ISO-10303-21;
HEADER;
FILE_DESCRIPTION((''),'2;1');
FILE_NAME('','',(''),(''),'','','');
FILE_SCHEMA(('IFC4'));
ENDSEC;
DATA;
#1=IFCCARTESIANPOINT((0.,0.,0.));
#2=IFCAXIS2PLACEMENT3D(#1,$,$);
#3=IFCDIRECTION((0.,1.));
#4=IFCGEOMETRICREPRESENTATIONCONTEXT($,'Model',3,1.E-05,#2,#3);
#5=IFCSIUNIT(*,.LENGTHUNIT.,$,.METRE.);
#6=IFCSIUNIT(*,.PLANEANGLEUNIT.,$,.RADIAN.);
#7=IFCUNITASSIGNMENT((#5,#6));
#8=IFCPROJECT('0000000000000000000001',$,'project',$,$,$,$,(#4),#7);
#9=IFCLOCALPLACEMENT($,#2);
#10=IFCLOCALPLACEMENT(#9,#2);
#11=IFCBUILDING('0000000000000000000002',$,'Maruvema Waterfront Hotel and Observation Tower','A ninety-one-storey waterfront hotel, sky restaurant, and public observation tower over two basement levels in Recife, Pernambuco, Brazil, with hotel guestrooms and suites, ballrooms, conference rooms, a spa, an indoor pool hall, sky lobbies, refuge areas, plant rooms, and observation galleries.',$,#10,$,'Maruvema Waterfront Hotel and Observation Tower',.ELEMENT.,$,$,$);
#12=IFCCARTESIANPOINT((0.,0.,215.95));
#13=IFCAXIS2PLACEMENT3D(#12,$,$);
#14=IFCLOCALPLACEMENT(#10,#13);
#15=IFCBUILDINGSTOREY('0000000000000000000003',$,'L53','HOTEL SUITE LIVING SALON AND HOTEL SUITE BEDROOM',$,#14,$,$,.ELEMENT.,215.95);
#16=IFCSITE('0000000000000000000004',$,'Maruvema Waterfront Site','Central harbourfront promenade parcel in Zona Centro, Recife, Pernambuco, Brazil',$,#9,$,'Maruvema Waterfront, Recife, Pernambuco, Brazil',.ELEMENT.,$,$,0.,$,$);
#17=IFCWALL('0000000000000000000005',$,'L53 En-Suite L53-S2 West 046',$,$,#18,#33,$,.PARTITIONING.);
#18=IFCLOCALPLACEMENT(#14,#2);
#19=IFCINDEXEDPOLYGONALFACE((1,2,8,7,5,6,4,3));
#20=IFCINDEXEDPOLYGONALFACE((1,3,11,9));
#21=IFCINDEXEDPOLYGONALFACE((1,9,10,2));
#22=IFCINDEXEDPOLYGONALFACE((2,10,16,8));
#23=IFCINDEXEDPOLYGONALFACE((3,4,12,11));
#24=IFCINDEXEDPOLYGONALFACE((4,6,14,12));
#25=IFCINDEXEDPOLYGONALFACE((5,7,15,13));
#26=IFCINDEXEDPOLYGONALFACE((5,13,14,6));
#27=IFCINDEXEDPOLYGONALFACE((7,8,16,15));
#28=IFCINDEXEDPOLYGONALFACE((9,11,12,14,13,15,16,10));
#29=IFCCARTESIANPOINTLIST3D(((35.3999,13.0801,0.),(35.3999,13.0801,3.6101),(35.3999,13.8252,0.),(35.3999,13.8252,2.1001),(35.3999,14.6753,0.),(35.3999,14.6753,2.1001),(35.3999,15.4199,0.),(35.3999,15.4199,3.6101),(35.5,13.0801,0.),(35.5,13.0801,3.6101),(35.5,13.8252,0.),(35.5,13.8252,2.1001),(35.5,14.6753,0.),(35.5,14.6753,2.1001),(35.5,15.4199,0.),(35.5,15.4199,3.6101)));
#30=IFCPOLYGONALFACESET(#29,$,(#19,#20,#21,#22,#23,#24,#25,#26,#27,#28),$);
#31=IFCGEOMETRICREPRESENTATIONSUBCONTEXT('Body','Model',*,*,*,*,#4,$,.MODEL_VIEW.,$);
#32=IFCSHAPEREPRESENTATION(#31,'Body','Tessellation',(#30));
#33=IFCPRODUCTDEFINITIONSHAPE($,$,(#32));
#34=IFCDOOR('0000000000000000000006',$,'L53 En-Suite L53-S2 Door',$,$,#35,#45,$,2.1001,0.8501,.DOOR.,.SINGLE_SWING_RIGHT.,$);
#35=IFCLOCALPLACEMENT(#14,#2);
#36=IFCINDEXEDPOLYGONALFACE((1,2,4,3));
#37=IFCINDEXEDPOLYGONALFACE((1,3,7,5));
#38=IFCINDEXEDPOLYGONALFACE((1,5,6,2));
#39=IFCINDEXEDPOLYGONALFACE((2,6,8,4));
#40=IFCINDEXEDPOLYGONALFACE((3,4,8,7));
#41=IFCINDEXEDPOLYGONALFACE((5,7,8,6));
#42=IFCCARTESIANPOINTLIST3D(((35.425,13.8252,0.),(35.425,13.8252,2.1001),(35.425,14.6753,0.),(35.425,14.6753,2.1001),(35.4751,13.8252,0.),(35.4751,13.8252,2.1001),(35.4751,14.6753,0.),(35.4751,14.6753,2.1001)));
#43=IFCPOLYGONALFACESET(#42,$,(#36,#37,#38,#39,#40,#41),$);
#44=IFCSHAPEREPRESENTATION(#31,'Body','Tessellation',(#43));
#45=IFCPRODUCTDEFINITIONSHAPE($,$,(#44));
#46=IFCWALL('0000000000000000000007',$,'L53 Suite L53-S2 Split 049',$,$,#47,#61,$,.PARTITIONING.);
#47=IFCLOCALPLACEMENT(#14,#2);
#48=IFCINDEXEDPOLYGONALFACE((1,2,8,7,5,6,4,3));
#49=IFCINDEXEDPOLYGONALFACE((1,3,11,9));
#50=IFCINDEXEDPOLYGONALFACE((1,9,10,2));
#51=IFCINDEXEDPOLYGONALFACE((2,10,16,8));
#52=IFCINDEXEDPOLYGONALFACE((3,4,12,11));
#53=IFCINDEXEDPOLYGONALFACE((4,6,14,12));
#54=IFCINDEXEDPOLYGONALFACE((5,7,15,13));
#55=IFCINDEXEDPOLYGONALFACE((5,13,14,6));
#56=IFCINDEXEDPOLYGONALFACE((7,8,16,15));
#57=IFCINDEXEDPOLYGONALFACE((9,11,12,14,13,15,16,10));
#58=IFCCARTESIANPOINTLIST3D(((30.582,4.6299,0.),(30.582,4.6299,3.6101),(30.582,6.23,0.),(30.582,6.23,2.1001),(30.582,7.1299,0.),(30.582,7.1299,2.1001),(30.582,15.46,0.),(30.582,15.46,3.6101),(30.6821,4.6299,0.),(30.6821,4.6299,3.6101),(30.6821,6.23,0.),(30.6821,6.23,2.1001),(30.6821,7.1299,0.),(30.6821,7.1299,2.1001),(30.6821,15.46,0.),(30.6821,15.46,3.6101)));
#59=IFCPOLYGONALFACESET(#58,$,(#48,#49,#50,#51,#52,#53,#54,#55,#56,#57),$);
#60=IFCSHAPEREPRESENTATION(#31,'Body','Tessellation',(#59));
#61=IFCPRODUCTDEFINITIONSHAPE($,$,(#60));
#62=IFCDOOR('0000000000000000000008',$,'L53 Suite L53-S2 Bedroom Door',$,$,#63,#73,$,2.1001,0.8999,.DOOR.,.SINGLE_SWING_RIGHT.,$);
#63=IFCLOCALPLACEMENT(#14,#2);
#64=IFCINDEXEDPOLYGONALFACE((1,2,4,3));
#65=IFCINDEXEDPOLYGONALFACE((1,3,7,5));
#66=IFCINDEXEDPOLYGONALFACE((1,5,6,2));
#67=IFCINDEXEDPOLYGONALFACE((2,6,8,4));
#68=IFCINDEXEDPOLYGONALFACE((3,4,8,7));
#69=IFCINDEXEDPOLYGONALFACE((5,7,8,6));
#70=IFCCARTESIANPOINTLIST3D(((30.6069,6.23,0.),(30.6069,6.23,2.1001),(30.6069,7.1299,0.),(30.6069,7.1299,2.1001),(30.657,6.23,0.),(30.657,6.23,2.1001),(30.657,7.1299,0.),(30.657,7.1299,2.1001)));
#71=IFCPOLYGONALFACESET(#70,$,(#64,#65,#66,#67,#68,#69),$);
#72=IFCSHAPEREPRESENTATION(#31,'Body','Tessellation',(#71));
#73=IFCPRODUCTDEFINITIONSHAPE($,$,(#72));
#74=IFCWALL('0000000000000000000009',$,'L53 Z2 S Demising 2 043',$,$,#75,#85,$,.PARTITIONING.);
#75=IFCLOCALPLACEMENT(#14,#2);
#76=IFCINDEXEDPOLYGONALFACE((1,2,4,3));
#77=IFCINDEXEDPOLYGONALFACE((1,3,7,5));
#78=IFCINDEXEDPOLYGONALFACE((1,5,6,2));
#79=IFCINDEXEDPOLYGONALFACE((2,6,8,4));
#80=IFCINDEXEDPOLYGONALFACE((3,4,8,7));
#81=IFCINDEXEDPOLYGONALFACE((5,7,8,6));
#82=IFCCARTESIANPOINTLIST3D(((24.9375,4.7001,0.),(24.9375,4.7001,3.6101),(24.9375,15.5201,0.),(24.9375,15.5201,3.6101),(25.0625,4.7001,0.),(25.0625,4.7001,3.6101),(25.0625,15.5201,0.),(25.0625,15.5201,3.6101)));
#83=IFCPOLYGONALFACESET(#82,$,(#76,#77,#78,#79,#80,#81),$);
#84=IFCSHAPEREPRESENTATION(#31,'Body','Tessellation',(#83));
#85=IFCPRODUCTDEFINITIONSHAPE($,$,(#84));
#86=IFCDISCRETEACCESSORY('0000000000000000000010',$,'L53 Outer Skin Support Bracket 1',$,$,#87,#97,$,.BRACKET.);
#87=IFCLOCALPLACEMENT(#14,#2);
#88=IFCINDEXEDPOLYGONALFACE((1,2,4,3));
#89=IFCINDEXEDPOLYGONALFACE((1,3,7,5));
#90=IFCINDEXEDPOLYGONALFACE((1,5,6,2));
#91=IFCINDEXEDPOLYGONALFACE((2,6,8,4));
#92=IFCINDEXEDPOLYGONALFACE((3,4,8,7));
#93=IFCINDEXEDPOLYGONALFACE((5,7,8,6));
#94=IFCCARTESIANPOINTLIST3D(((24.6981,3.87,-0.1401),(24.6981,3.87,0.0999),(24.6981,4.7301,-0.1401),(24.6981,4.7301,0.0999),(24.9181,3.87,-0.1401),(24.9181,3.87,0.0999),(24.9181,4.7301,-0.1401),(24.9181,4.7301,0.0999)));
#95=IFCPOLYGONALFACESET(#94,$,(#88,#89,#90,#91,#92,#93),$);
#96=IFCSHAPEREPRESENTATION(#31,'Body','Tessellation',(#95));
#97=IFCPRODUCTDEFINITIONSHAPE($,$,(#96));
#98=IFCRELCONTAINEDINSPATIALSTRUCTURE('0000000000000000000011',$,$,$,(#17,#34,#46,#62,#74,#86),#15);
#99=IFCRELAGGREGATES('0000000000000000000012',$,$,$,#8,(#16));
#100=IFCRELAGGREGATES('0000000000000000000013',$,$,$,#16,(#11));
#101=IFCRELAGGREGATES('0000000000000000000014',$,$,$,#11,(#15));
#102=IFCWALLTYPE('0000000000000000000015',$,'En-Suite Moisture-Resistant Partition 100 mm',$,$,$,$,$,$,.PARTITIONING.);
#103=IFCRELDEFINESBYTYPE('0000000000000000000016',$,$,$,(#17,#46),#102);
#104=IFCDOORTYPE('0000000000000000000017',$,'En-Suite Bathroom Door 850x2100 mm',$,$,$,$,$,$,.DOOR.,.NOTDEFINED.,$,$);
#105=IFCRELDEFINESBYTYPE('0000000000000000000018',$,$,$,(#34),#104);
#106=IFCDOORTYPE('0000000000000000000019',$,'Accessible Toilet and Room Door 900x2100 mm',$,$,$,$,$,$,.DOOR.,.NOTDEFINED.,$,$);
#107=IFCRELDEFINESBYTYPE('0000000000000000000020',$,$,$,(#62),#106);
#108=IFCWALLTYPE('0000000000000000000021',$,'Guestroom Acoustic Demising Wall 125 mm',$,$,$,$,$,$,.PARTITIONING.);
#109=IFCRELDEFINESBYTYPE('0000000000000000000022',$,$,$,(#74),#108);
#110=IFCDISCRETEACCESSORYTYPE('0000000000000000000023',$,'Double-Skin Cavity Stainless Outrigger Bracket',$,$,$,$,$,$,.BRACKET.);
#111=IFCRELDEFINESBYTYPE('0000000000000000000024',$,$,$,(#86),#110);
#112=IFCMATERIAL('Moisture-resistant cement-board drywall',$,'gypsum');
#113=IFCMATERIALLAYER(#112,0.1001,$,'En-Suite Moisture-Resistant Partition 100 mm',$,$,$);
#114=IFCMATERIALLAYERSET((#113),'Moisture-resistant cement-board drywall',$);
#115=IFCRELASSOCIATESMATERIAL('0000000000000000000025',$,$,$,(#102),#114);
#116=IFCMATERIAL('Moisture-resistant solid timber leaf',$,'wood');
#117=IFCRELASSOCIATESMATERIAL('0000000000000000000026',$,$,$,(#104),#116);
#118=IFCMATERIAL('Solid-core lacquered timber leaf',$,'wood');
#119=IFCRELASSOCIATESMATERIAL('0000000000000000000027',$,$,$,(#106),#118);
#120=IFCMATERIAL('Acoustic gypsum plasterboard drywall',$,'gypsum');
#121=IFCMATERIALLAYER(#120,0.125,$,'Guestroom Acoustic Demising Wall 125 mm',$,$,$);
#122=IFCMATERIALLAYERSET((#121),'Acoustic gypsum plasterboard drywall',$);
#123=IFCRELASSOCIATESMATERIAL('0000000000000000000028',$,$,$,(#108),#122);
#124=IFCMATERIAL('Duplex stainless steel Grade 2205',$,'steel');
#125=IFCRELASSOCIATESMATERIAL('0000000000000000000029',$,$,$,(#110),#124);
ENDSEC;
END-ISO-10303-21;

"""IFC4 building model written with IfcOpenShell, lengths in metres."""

from ifc_helpers import new_model, si_unit, direction, frame, frame_2d, origin, origin_2d, place, context, subcontext, project, spatial, rectangle, extrude, material, layer, layer_set, type_object, element, fill, save


model = new_model("IFC4")

# Units and contexts
model_context = context("Model", 3, precision=1e-05, world=origin(), true_north=direction((0.0, 1.0)))
body_context = subcontext(model_context, "Body", "Model", "MODEL_VIEW")
ifc_project = project(units=[si_unit("LENGTHUNIT", "METRE"), si_unit("PLANEANGLEUNIT", "RADIAN")], contexts=[model_context])

# Site, building, storey
site_placement = place(None, origin())
site = spatial("IfcSite", under=ifc_project, at=site_placement, Name="Maruvema Waterfront Site", Description="Central harbourfront promenade parcel in Zona Centro, Recife, Pernambuco, Brazil", LongName="Maruvema Waterfront, Recife, Pernambuco, Brazil", CompositionType="ELEMENT", RefElevation=0.0)
building_placement = place(site_placement, origin())
building = spatial("IfcBuilding", under=site, at=building_placement, Name="Maruvema Waterfront Hotel and Observation Tower", Description="A ninety-one-storey waterfront hotel, sky restaurant, and public observation tower over two basement levels in Recife, Pernambuco, Brazil, with hotel guestrooms and suites, ballrooms, conference rooms, a spa, an indoor pool hall, sky lobbies, refuge areas, plant rooms, and observation galleries.", LongName="Maruvema Waterfront Hotel and Observation Tower", CompositionType="ELEMENT")
storey_placement = place(building_placement, frame((0.0, 0.0, 215.95)))
storey = spatial("IfcBuildingStorey", under=building, at=storey_placement, Name="L53", Description="HOTEL SUITE LIVING SALON AND HOTEL SUITE BEDROOM", CompositionType="ELEMENT", Elevation=215.95)

# Shared definitions
ifc_material_1 = material(Name="Moisture-resistant cement-board drywall", Category="gypsum")
ifc_layer_1 = layer(ifc_material_1, 0.1001, Name="En-Suite Moisture-Resistant Partition 100 mm")
ifc_layer_set_1 = layer_set([ifc_layer_1], Name="Moisture-resistant cement-board drywall")
wall_type_1 = type_object("IfcWallType", Name="En-Suite Moisture-Resistant Partition 100 mm", PredefinedType="PARTITIONING", material=ifc_layer_set_1)
ifc_material_2 = material(Name="Moisture-resistant solid timber leaf", Category="wood")
door_type_1 = type_object("IfcDoorType", Name="En-Suite Bathroom Door 850x2100 mm", OperationType="NOTDEFINED", PredefinedType="DOOR", material=ifc_material_2)

# Walls, openings, doors
wall_1_placement = place(storey_placement, frame((35.45, 13.0801, 0.0), z_axis=(0.0, 0.0, 1.0), x_axis=(0.0, 1.0, 0.0)))
wall_1 = element("IfcWall", 1, at=wall_1_placement, inside=storey, type_object=wall_type_1, Name="L53 En-Suite L53-S2 West 046", PredefinedType="PARTITIONING", context=body_context, shape_type="SweptSolid", body=[
    extrude(rectangle(XDim=2.3398, YDim=0.1001, at=frame_2d((1.1699, 0.0))), origin(), (0.0, 0.0, 1.0), 3.6101),
])
opening_1_placement = place(wall_1_placement, frame((0.7451, 0.0, 0.0)))
opening_1 = element("IfcOpeningElement", 2, at=opening_1_placement, cuts=wall_1, PredefinedType="OPENING", context=body_context, shape_type="SweptSolid", body=[
    extrude(rectangle(XDim=0.8501, YDim=2.1001, at=frame_2d((0.425, 1.05))), frame((0.0, 0.0601, 0.0), z_axis=(0.0, -1.0, 0.0), x_axis=(1.0, 0.0, 0.0)), (0.0, 0.0, 1.0), 0.1201),
])
door_1_placement = place(opening_1_placement, origin())
door_1 = element("IfcDoor", 3, at=door_1_placement, inside=storey, type_object=door_type_1, Name="L53 En-Suite L53-S2 Door", OperationType="SINGLE_SWING_RIGHT", OverallHeight=2.1001, OverallWidth=0.8501, PredefinedType="DOOR", context=body_context, shape_type="SweptSolid", body=[
    extrude(rectangle(XDim=0.8501, YDim=2.1001, at=frame_2d((0.425, 1.05))), frame((0.0, 0.0249, 0.0), z_axis=(0.0, -1.0, 0.0), x_axis=(1.0, 0.0, 0.0)), (0.0, 0.0, 1.0), 0.05),
])
fill(opening_1, door_1)
wall_2_placement = place(storey_placement, frame((30.6321, 4.6299, 0.0), z_axis=(0.0, 0.0, 1.0), x_axis=(0.0, 1.0, 0.0)))
wall_2 = element("IfcWall", 4, at=wall_2_placement, inside=storey, type_object=wall_type_1, Name="L53 Suite L53-S2 Split 049", PredefinedType="PARTITIONING", context=body_context, shape_type="SweptSolid", body=[
    extrude(rectangle(XDim=10.8301, YDim=0.1001, at=frame_2d((5.415, 0.0))), origin(), (0.0, 0.0, 1.0), 3.6101),
])
opening_2_placement = place(wall_2_placement, frame((1.6001, 0.0, 0.0)))
opening_2 = element("IfcOpeningElement", 5, at=opening_2_placement, cuts=wall_2, PredefinedType="OPENING", context=body_context, shape_type="SweptSolid", body=[
    extrude(rectangle(XDim=0.8999, YDim=2.1001, at=frame_2d((0.45, 1.05))), frame((0.0, 0.0601, 0.0), z_axis=(0.0, -1.0, 0.0), x_axis=(1.0, 0.0, 0.0)), (0.0, 0.0, 1.0), 0.1201),
])
ifc_material_3 = material(Name="Solid-core lacquered timber leaf", Category="wood")
door_type_2 = type_object("IfcDoorType", Name="Accessible Toilet and Room Door 900x2100 mm", OperationType="NOTDEFINED", PredefinedType="DOOR", material=ifc_material_3)
door_2_placement = place(opening_2_placement, frame((0.8999, 0.0, 0.0), z_axis=(0.0, 0.0, 1.0), x_axis=(-1.0, 0.0, 0.0)))
door_2 = element("IfcDoor", 6, at=door_2_placement, inside=storey, type_object=door_type_2, Name="L53 Suite L53-S2 Bedroom Door", OperationType="SINGLE_SWING_RIGHT", OverallHeight=2.1001, OverallWidth=0.8999, PredefinedType="DOOR", context=body_context, shape_type="SweptSolid", body=[
    extrude(rectangle(XDim=0.8999, YDim=2.1001, at=frame_2d((0.45, 1.05))), frame((0.0, 0.0249, 0.0), z_axis=(0.0, -1.0, 0.0), x_axis=(1.0, 0.0, 0.0)), (0.0, 0.0, 1.0), 0.05),
])
fill(opening_2, door_2)

# Wall
ifc_material_4 = material(Name="Acoustic gypsum plasterboard drywall", Category="gypsum")
ifc_layer_2 = layer(ifc_material_4, 0.125, Name="Guestroom Acoustic Demising Wall 125 mm")
ifc_layer_set_2 = layer_set([ifc_layer_2], Name="Acoustic gypsum plasterboard drywall")
wall_type_2 = type_object("IfcWallType", Name="Guestroom Acoustic Demising Wall 125 mm", PredefinedType="PARTITIONING", material=ifc_layer_set_2)
wall_3_placement = place(storey_placement, frame((25.0, 4.7, 0.0), z_axis=(0.0, 0.0, 1.0), x_axis=(0.0, 1.0, 0.0)))
element("IfcWall", 7, at=wall_3_placement, inside=storey, type_object=wall_type_2, Name="L53 Z2 S Demising 2 043", PredefinedType="PARTITIONING", context=body_context, shape_type="SweptSolid", body=[
    extrude(rectangle(XDim=10.8201, YDim=0.125, at=frame_2d((5.4102, 0.0))), origin(), (0.0, 0.0, 1.0), 3.6101),
])

# Discrete accessory
ifc_material_5 = material(Name="Duplex stainless steel Grade 2205", Category="steel")
discrete_accessory_type = type_object("IfcDiscreteAccessoryType", Name="Double-Skin Cavity Stainless Outrigger Bracket", PredefinedType="BRACKET", material=ifc_material_5)
discrete_accessory_placement = place(storey_placement, frame((24.8081, 4.3, -0.1401), z_axis=(0.0, 0.0, 1.0), x_axis=(1.0, 0.0, 0.0)))
element("IfcDiscreteAccessory", 8, at=discrete_accessory_placement, inside=storey, type_object=discrete_accessory_type, Name="L53 Outer Skin Support Bracket 1", PredefinedType="BRACKET", context=body_context, shape_type="SweptSolid", body=[
    extrude(rectangle(XDim=0.22, YDim=0.8601, at=origin_2d()), origin(), (0.0, 0.0, 1.0), 0.24),
])

save(model, "model.ifc")
